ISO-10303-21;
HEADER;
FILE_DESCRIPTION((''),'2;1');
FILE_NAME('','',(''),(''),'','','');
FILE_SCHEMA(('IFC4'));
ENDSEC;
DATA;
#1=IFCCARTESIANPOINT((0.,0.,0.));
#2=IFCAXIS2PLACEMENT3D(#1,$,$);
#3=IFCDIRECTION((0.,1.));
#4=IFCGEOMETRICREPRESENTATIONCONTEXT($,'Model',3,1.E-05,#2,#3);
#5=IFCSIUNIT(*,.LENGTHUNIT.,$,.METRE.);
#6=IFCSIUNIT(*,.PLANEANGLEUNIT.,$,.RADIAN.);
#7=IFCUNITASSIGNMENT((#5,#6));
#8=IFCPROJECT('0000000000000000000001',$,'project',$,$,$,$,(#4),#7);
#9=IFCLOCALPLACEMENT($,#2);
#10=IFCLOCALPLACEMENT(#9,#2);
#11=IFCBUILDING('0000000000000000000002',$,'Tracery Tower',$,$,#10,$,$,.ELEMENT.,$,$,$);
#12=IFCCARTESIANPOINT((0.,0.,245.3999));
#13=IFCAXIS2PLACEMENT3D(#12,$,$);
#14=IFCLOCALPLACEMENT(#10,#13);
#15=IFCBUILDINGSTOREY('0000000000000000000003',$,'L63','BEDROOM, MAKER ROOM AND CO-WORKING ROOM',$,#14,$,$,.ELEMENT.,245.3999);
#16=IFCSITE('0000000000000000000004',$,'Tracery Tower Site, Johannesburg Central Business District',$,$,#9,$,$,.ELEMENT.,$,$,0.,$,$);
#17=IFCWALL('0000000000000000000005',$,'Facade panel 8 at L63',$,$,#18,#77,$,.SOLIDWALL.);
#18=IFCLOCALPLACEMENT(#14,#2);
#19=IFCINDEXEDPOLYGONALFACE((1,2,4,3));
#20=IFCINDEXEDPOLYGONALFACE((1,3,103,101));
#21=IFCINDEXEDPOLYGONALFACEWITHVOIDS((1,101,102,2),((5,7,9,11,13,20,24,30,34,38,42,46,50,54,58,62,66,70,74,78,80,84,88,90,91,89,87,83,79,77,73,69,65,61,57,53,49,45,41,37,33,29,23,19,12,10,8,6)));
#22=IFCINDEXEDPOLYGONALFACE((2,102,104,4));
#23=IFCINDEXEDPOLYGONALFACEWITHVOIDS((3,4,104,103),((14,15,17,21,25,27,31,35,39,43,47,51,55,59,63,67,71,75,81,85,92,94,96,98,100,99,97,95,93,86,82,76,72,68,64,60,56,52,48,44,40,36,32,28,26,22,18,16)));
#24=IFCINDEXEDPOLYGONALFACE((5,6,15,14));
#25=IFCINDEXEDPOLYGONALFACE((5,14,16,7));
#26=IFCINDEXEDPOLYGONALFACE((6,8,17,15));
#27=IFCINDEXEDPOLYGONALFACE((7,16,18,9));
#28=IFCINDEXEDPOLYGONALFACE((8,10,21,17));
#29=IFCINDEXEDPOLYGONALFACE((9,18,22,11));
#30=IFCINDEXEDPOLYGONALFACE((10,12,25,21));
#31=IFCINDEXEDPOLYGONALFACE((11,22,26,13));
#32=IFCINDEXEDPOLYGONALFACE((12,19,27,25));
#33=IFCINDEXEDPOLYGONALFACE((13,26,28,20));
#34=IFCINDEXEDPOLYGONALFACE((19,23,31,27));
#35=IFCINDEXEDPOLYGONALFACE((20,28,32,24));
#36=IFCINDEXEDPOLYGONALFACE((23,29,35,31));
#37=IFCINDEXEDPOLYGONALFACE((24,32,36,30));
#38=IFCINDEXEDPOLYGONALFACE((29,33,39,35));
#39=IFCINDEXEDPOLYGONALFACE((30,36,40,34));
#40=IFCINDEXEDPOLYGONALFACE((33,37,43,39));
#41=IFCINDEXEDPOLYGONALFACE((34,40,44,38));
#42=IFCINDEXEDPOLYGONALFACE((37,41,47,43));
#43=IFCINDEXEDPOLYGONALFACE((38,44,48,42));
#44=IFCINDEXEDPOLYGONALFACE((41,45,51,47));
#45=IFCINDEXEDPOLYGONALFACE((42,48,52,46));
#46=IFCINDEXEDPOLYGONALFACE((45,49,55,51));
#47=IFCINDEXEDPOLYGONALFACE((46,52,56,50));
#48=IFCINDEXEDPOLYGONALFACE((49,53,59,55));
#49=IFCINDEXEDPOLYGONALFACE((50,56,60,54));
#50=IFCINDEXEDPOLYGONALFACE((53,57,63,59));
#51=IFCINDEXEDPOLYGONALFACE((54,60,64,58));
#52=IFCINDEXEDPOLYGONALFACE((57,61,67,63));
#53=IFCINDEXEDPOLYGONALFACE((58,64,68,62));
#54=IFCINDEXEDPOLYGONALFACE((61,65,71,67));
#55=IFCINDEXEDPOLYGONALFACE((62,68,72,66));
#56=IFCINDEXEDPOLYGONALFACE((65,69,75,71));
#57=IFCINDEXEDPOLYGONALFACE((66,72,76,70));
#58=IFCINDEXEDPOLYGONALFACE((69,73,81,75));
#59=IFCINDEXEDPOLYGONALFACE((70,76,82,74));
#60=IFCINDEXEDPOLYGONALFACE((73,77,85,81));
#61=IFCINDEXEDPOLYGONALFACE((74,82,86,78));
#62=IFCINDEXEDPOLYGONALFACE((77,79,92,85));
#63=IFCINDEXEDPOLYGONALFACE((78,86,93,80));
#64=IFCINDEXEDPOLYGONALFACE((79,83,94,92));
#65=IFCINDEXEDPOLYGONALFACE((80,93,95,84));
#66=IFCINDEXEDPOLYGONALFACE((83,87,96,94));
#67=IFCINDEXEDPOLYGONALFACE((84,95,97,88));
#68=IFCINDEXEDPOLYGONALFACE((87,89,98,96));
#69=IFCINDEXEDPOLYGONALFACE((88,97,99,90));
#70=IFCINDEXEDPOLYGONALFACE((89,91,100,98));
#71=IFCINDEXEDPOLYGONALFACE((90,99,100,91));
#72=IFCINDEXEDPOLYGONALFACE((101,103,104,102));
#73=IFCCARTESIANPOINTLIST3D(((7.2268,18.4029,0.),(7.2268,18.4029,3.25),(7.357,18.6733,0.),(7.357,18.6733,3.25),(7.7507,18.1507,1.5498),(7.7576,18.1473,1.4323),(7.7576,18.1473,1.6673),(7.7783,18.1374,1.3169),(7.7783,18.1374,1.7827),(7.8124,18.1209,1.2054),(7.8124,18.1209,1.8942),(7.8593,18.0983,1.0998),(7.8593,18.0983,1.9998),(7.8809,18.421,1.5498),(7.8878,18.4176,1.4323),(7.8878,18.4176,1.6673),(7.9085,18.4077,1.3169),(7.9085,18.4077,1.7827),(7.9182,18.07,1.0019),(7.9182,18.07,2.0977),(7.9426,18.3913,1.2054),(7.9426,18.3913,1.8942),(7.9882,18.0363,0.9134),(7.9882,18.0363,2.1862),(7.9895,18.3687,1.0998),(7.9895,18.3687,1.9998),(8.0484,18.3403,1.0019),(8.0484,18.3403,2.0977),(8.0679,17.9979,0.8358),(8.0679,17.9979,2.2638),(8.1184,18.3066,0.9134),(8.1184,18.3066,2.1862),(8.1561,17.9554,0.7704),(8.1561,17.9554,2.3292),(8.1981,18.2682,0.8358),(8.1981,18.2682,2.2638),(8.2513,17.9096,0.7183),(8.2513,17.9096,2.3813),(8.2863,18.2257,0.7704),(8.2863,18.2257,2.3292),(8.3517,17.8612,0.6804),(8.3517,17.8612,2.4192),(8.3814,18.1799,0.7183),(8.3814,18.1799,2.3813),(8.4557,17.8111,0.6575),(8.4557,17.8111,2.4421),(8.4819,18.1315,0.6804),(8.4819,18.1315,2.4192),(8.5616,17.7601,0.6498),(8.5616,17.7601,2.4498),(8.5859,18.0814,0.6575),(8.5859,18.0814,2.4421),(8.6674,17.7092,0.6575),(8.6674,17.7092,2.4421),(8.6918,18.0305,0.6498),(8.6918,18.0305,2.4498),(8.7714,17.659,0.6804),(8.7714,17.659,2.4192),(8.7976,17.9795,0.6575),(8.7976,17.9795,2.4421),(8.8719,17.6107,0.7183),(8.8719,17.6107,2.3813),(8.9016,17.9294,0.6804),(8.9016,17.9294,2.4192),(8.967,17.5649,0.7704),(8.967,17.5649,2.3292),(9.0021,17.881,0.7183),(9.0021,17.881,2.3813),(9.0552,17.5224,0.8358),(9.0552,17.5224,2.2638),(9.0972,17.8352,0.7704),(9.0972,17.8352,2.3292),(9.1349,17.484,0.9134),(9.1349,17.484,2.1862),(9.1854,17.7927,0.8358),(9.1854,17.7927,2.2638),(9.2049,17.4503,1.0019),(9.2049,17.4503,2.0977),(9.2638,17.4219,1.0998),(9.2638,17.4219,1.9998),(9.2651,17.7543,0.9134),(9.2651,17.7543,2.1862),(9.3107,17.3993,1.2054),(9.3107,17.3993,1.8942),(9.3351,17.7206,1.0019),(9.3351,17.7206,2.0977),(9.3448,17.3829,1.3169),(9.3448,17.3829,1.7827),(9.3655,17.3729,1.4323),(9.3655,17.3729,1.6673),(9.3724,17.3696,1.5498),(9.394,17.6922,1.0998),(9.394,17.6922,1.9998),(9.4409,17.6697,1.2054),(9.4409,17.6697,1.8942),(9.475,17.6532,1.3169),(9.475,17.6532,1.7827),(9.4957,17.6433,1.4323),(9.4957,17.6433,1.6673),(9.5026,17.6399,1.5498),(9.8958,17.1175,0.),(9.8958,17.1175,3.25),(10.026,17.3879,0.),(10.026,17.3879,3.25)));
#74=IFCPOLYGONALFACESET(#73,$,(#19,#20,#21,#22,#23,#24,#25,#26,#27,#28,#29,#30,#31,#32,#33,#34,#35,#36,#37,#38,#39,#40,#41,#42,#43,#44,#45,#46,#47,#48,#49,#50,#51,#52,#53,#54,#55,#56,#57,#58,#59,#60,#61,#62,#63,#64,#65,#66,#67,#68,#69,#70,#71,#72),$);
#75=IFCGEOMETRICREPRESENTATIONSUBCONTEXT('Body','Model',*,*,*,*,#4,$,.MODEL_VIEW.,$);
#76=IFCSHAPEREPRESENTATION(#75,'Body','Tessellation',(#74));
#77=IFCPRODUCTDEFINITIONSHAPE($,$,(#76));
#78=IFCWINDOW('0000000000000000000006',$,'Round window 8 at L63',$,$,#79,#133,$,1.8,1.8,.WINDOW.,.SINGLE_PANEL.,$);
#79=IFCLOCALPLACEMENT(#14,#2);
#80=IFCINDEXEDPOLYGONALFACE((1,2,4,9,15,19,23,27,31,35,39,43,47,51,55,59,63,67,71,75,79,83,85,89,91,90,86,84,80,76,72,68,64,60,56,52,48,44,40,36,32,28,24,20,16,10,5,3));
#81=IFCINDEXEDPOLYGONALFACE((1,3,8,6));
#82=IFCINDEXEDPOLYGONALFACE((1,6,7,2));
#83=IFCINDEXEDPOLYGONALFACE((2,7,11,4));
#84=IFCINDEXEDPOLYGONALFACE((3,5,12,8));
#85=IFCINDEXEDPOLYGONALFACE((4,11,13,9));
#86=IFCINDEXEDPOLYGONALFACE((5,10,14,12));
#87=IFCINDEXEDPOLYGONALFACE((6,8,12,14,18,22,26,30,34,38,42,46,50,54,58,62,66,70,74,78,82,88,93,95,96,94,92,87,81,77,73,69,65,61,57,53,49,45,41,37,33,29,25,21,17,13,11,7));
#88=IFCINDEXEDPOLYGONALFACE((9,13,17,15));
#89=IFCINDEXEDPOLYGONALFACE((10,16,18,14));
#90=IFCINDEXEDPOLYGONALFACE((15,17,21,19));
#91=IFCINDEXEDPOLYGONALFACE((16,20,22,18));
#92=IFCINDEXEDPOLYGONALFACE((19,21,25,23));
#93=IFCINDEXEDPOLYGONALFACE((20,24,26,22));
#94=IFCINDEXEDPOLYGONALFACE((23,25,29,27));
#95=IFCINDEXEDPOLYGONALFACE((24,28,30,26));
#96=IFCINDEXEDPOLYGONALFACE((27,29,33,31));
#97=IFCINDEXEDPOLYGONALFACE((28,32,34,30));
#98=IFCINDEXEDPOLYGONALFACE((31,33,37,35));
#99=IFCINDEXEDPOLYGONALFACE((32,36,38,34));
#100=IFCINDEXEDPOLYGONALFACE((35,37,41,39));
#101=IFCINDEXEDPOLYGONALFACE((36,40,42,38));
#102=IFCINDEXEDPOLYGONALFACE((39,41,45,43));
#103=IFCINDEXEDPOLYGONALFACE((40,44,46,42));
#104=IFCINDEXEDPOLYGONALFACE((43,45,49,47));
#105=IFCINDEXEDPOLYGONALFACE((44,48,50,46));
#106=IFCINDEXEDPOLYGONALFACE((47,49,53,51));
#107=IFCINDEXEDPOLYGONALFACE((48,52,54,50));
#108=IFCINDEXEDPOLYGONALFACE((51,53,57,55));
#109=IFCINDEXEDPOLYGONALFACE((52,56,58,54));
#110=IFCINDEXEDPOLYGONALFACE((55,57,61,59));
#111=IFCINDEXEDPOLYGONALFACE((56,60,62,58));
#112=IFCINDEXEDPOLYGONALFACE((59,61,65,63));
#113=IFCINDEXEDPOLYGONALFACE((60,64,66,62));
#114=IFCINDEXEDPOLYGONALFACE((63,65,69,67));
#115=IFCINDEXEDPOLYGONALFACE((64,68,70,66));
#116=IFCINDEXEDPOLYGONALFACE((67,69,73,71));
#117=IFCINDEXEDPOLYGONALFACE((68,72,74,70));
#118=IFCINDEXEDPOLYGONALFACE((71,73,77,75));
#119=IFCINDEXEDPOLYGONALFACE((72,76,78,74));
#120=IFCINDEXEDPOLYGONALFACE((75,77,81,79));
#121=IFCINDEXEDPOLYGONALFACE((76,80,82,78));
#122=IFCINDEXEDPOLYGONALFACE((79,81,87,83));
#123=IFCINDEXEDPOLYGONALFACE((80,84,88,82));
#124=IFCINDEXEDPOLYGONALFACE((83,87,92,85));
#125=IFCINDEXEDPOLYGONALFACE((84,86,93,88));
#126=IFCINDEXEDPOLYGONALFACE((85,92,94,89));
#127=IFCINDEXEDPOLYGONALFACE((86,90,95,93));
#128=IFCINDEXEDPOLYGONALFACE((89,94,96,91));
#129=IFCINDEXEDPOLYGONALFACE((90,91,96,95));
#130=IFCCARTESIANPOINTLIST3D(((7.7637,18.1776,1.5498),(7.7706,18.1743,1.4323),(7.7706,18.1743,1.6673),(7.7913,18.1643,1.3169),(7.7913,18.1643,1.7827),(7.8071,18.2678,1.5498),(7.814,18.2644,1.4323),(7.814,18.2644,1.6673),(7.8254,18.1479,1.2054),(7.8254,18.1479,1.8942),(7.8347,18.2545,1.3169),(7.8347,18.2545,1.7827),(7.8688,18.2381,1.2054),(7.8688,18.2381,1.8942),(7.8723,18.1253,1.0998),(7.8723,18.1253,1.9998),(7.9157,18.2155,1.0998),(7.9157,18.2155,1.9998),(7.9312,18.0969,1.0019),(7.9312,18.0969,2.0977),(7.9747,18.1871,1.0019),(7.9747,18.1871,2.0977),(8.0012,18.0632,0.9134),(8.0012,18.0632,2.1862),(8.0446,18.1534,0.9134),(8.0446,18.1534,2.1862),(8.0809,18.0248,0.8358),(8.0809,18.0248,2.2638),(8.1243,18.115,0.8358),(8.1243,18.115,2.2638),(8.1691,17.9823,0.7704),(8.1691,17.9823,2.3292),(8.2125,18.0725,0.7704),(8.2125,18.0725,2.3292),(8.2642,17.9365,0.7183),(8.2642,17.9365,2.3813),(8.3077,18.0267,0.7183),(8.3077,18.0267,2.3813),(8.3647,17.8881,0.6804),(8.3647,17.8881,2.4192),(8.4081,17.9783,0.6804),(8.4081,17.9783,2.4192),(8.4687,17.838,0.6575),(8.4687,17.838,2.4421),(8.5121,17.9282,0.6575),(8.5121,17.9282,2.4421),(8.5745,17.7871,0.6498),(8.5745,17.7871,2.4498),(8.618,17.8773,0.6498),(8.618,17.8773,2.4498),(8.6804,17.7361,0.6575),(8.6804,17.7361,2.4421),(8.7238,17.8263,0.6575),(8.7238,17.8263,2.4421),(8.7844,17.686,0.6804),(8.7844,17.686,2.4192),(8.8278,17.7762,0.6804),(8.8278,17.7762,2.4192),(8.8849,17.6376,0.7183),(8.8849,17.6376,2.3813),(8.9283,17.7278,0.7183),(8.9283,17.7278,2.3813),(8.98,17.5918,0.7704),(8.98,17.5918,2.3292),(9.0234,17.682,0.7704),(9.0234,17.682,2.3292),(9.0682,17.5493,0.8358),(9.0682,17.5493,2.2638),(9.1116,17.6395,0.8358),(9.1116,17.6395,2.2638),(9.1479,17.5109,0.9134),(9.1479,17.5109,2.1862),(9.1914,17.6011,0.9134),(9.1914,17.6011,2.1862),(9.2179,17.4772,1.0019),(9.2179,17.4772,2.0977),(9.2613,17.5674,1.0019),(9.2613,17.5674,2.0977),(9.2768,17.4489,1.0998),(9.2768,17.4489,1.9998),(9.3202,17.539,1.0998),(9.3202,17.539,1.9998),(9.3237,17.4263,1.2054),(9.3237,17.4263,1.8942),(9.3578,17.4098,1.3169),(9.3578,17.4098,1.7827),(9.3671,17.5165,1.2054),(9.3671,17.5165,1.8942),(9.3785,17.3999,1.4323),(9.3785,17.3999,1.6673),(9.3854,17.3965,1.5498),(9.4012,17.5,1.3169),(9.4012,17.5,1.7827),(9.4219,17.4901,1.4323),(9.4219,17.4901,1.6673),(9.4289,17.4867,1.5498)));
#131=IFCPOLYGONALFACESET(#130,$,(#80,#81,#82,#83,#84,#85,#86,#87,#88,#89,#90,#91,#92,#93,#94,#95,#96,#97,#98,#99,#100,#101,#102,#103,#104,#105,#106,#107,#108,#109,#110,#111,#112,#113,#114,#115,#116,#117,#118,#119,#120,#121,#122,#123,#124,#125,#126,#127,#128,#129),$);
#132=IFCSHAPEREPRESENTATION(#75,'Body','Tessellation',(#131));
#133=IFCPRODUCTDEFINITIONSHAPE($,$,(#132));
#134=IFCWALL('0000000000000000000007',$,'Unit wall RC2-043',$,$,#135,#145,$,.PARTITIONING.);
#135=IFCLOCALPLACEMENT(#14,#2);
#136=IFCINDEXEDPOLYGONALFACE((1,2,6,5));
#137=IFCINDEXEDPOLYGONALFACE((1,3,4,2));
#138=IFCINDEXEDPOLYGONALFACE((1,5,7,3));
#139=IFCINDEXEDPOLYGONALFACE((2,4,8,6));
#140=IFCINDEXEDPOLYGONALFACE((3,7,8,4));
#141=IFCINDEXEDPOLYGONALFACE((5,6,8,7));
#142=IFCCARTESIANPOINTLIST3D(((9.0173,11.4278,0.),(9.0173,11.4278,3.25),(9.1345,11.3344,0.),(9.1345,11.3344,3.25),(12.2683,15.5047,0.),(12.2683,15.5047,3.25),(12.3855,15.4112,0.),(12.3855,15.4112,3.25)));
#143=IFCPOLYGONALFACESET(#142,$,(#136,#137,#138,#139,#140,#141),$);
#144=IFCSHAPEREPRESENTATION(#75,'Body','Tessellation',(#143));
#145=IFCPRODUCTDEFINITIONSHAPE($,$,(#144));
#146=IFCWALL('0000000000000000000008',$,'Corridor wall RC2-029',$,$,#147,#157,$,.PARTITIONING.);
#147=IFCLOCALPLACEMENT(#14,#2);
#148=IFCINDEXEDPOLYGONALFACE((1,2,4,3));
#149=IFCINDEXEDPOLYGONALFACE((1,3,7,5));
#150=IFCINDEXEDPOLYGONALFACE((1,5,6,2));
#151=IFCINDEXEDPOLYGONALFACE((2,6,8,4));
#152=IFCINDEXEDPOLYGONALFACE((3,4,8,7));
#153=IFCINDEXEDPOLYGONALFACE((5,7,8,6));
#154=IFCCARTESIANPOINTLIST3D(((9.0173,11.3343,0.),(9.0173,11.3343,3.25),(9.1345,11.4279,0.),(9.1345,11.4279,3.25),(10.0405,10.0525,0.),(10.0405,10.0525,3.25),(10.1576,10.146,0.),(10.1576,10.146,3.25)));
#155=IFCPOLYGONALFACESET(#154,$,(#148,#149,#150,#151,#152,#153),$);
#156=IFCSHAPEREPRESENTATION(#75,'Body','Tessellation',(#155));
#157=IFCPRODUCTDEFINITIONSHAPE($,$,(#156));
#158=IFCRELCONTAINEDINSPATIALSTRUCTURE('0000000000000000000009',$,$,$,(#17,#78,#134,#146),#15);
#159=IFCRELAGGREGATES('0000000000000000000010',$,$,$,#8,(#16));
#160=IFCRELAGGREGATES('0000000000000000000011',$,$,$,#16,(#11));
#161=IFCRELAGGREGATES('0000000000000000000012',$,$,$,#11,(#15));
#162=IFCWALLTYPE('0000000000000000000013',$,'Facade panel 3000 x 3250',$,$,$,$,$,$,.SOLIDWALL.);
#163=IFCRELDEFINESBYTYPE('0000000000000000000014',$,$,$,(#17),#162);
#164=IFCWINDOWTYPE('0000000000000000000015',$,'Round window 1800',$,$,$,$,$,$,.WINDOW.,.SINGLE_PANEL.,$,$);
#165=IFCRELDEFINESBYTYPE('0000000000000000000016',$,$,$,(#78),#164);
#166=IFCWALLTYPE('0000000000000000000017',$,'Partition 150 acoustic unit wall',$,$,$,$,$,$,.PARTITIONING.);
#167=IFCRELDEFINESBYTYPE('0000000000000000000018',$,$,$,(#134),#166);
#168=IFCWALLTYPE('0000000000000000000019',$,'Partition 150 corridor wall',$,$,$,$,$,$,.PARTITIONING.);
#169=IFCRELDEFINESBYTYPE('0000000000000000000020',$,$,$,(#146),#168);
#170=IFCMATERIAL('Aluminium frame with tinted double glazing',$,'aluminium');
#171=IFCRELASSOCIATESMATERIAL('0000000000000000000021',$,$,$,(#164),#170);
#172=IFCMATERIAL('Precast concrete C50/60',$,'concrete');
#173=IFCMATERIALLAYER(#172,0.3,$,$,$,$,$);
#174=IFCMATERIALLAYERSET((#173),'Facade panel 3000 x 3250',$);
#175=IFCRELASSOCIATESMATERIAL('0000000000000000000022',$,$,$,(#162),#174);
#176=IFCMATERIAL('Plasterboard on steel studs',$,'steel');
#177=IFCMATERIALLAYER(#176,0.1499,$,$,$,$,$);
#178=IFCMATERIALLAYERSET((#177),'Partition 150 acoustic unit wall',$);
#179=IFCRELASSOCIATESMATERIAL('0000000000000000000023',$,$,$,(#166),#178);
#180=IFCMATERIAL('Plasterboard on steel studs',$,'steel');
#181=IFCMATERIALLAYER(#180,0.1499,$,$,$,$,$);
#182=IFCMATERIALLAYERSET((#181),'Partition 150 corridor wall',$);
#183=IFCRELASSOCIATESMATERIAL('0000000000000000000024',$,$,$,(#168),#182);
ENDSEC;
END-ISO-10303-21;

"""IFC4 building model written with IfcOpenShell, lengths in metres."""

from ifc_helpers import new_model, si_unit, direction, frame, frame_2d, origin, origin_2d, place, context, subcontext, project, spatial, rectangle, circle, extrude, material, layer, layer_set, type_object, element, fill, save


model = new_model("IFC4")

# Units and contexts
model_context = context("Model", 3, precision=1e-05, world=origin(), true_north=direction((0.0, 1.0)))
body_context = subcontext(model_context, "Body", "Model", "MODEL_VIEW")
ifc_project = project(units=[si_unit("LENGTHUNIT", "METRE"), si_unit("PLANEANGLEUNIT", "RADIAN")], contexts=[model_context])

# Site, building, storey
site_placement = place(None, origin())
site = spatial("IfcSite", under=ifc_project, at=site_placement, Name="Tracery Tower Site, Johannesburg Central Business District", CompositionType="ELEMENT", RefElevation=0.0)
building_placement = place(site_placement, origin())
building = spatial("IfcBuilding", under=site, at=building_placement, Name="Tracery Tower", CompositionType="ELEMENT")
storey_placement = place(building_placement, frame((0.0, 0.0, 245.3999)))
storey = spatial("IfcBuildingStorey", under=building, at=storey_placement, Name="L63", Description="BEDROOM, MAKER ROOM AND CO-WORKING ROOM", CompositionType="ELEMENT", Elevation=245.3999)

# Wall, opening, window
ifc_material_1 = material(Name="Aluminium frame with tinted double glazing", Category="aluminium")
window_type = type_object("IfcWindowType", Name="Round window 1800", PartitioningType="SINGLE_PANEL", PredefinedType="WINDOW", material=ifc_material_1)
ifc_material_2 = material(Name="Precast concrete C50/60", Category="concrete")
ifc_layer_1 = layer(ifc_material_2, 0.3)
ifc_layer_set_1 = layer_set([ifc_layer_1], Name="Facade panel 3000 x 3250")
wall_type_1 = type_object("IfcWallType", Name="Facade panel 3000 x 3250", PredefinedType="SOLIDWALL", material=ifc_layer_set_1)
wall_1_placement = place(storey_placement, frame((9.9609, 17.2527, 0.0), z_axis=(0.0, 0.0, 1.0), x_axis=(-0.900955, 0.433912, 0.0)))
wall_1 = element("IfcWall", 1, at=wall_1_placement, inside=storey, type_object=wall_type_1, Name="Facade panel 8 at L63", PredefinedType="SOLIDWALL", context=body_context, shape_type="SweptSolid", body=[
    extrude(rectangle(XDim=2.9624, YDim=0.3, at=frame_2d((1.4812, 0.0))), origin(), (0.0, 0.0, 1.0), 3.25),
])
opening_1_placement = place(wall_1_placement, frame((1.481, 0.0, 1.5498)))
opening_1 = element("IfcOpeningElement", 2, at=opening_1_placement, cuts=wall_1, PredefinedType="OPENING", context=body_context, shape_type="SweptSolid", body=[
    extrude(circle(Radius=0.9, at=origin_2d()), frame((0.0, 0.1599, 0.0), z_axis=(0.0, -1.0, 0.0), x_axis=(1.0, 0.0, 0.0)), (0.0, 0.0, 1.0), 0.3201),
])
window_1_placement = place(opening_1_placement, origin())
window_1 = element("IfcWindow", 3, at=window_1_placement, inside=storey, type_object=window_type, Name="Round window 8 at L63", OverallHeight=1.8, OverallWidth=1.8, PartitioningType="SINGLE_PANEL", PredefinedType="WINDOW", context=body_context, shape_type="SweptSolid", body=[
    extrude(circle(Radius=0.9, at=origin_2d()), frame((0.0, 0.1201, 0.0), z_axis=(0.0, -1.0, 0.0), x_axis=(1.0, 0.0, 0.0)), (0.0, 0.0, 1.0), 0.1001),
])
fill(opening_1, window_1)

# Walls
ifc_material_3 = material(Name="Plasterboard on steel studs", Category="steel")
ifc_layer_2 = layer(ifc_material_3, 0.1499)
ifc_layer_set_2 = layer_set([ifc_layer_2], Name="Partition 150 acoustic unit wall")
wall_type_2 = type_object("IfcWallType", Name="Partition 150 acoustic unit wall", PredefinedType="PARTITIONING", material=ifc_layer_set_2)
wall_2_placement = place(storey_placement, frame((9.0759, 11.3811, 0.0), z_axis=(0.0, 0.0, 1.0), x_axis=(0.623461, 0.781854, 0.0)))
element("IfcWall", 4, at=wall_2_placement, inside=storey, type_object=wall_type_2, Name="Unit wall RC2-043", PredefinedType="PARTITIONING", context=body_context, shape_type="SweptSolid", body=[
    extrude(rectangle(XDim=5.2144, YDim=0.1499, at=frame_2d((2.6072, 0.0))), origin(), (0.0, 0.0, 1.0), 3.25),
])
ifc_material_4 = material(Name="Plasterboard on steel studs", Category="steel")
ifc_layer_3 = layer(ifc_material_4, 0.1499)
ifc_layer_set_3 = layer_set([ifc_layer_3], Name="Partition 150 corridor wall")
wall_type_3 = type_object("IfcWallType", Name="Partition 150 corridor wall", PredefinedType="PARTITIONING", material=ifc_layer_set_3)
wall_3_placement = place(storey_placement, frame((9.0759, 11.3811, 0.0), z_axis=(0.0, 0.0, 1.0), x_axis=(0.623805, -0.78158, 0.0)))
element("IfcWall", 5, at=wall_3_placement, inside=storey, type_object=wall_type_3, Name="Corridor wall RC2-029", PredefinedType="PARTITIONING", context=body_context, shape_type="SweptSolid", body=[
    extrude(rectangle(XDim=1.6401, YDim=0.1499, at=frame_2d((0.8201, 0.0))), origin(), (0.0, 0.0, 1.0), 3.25),
])

save(model, "model.ifc")
